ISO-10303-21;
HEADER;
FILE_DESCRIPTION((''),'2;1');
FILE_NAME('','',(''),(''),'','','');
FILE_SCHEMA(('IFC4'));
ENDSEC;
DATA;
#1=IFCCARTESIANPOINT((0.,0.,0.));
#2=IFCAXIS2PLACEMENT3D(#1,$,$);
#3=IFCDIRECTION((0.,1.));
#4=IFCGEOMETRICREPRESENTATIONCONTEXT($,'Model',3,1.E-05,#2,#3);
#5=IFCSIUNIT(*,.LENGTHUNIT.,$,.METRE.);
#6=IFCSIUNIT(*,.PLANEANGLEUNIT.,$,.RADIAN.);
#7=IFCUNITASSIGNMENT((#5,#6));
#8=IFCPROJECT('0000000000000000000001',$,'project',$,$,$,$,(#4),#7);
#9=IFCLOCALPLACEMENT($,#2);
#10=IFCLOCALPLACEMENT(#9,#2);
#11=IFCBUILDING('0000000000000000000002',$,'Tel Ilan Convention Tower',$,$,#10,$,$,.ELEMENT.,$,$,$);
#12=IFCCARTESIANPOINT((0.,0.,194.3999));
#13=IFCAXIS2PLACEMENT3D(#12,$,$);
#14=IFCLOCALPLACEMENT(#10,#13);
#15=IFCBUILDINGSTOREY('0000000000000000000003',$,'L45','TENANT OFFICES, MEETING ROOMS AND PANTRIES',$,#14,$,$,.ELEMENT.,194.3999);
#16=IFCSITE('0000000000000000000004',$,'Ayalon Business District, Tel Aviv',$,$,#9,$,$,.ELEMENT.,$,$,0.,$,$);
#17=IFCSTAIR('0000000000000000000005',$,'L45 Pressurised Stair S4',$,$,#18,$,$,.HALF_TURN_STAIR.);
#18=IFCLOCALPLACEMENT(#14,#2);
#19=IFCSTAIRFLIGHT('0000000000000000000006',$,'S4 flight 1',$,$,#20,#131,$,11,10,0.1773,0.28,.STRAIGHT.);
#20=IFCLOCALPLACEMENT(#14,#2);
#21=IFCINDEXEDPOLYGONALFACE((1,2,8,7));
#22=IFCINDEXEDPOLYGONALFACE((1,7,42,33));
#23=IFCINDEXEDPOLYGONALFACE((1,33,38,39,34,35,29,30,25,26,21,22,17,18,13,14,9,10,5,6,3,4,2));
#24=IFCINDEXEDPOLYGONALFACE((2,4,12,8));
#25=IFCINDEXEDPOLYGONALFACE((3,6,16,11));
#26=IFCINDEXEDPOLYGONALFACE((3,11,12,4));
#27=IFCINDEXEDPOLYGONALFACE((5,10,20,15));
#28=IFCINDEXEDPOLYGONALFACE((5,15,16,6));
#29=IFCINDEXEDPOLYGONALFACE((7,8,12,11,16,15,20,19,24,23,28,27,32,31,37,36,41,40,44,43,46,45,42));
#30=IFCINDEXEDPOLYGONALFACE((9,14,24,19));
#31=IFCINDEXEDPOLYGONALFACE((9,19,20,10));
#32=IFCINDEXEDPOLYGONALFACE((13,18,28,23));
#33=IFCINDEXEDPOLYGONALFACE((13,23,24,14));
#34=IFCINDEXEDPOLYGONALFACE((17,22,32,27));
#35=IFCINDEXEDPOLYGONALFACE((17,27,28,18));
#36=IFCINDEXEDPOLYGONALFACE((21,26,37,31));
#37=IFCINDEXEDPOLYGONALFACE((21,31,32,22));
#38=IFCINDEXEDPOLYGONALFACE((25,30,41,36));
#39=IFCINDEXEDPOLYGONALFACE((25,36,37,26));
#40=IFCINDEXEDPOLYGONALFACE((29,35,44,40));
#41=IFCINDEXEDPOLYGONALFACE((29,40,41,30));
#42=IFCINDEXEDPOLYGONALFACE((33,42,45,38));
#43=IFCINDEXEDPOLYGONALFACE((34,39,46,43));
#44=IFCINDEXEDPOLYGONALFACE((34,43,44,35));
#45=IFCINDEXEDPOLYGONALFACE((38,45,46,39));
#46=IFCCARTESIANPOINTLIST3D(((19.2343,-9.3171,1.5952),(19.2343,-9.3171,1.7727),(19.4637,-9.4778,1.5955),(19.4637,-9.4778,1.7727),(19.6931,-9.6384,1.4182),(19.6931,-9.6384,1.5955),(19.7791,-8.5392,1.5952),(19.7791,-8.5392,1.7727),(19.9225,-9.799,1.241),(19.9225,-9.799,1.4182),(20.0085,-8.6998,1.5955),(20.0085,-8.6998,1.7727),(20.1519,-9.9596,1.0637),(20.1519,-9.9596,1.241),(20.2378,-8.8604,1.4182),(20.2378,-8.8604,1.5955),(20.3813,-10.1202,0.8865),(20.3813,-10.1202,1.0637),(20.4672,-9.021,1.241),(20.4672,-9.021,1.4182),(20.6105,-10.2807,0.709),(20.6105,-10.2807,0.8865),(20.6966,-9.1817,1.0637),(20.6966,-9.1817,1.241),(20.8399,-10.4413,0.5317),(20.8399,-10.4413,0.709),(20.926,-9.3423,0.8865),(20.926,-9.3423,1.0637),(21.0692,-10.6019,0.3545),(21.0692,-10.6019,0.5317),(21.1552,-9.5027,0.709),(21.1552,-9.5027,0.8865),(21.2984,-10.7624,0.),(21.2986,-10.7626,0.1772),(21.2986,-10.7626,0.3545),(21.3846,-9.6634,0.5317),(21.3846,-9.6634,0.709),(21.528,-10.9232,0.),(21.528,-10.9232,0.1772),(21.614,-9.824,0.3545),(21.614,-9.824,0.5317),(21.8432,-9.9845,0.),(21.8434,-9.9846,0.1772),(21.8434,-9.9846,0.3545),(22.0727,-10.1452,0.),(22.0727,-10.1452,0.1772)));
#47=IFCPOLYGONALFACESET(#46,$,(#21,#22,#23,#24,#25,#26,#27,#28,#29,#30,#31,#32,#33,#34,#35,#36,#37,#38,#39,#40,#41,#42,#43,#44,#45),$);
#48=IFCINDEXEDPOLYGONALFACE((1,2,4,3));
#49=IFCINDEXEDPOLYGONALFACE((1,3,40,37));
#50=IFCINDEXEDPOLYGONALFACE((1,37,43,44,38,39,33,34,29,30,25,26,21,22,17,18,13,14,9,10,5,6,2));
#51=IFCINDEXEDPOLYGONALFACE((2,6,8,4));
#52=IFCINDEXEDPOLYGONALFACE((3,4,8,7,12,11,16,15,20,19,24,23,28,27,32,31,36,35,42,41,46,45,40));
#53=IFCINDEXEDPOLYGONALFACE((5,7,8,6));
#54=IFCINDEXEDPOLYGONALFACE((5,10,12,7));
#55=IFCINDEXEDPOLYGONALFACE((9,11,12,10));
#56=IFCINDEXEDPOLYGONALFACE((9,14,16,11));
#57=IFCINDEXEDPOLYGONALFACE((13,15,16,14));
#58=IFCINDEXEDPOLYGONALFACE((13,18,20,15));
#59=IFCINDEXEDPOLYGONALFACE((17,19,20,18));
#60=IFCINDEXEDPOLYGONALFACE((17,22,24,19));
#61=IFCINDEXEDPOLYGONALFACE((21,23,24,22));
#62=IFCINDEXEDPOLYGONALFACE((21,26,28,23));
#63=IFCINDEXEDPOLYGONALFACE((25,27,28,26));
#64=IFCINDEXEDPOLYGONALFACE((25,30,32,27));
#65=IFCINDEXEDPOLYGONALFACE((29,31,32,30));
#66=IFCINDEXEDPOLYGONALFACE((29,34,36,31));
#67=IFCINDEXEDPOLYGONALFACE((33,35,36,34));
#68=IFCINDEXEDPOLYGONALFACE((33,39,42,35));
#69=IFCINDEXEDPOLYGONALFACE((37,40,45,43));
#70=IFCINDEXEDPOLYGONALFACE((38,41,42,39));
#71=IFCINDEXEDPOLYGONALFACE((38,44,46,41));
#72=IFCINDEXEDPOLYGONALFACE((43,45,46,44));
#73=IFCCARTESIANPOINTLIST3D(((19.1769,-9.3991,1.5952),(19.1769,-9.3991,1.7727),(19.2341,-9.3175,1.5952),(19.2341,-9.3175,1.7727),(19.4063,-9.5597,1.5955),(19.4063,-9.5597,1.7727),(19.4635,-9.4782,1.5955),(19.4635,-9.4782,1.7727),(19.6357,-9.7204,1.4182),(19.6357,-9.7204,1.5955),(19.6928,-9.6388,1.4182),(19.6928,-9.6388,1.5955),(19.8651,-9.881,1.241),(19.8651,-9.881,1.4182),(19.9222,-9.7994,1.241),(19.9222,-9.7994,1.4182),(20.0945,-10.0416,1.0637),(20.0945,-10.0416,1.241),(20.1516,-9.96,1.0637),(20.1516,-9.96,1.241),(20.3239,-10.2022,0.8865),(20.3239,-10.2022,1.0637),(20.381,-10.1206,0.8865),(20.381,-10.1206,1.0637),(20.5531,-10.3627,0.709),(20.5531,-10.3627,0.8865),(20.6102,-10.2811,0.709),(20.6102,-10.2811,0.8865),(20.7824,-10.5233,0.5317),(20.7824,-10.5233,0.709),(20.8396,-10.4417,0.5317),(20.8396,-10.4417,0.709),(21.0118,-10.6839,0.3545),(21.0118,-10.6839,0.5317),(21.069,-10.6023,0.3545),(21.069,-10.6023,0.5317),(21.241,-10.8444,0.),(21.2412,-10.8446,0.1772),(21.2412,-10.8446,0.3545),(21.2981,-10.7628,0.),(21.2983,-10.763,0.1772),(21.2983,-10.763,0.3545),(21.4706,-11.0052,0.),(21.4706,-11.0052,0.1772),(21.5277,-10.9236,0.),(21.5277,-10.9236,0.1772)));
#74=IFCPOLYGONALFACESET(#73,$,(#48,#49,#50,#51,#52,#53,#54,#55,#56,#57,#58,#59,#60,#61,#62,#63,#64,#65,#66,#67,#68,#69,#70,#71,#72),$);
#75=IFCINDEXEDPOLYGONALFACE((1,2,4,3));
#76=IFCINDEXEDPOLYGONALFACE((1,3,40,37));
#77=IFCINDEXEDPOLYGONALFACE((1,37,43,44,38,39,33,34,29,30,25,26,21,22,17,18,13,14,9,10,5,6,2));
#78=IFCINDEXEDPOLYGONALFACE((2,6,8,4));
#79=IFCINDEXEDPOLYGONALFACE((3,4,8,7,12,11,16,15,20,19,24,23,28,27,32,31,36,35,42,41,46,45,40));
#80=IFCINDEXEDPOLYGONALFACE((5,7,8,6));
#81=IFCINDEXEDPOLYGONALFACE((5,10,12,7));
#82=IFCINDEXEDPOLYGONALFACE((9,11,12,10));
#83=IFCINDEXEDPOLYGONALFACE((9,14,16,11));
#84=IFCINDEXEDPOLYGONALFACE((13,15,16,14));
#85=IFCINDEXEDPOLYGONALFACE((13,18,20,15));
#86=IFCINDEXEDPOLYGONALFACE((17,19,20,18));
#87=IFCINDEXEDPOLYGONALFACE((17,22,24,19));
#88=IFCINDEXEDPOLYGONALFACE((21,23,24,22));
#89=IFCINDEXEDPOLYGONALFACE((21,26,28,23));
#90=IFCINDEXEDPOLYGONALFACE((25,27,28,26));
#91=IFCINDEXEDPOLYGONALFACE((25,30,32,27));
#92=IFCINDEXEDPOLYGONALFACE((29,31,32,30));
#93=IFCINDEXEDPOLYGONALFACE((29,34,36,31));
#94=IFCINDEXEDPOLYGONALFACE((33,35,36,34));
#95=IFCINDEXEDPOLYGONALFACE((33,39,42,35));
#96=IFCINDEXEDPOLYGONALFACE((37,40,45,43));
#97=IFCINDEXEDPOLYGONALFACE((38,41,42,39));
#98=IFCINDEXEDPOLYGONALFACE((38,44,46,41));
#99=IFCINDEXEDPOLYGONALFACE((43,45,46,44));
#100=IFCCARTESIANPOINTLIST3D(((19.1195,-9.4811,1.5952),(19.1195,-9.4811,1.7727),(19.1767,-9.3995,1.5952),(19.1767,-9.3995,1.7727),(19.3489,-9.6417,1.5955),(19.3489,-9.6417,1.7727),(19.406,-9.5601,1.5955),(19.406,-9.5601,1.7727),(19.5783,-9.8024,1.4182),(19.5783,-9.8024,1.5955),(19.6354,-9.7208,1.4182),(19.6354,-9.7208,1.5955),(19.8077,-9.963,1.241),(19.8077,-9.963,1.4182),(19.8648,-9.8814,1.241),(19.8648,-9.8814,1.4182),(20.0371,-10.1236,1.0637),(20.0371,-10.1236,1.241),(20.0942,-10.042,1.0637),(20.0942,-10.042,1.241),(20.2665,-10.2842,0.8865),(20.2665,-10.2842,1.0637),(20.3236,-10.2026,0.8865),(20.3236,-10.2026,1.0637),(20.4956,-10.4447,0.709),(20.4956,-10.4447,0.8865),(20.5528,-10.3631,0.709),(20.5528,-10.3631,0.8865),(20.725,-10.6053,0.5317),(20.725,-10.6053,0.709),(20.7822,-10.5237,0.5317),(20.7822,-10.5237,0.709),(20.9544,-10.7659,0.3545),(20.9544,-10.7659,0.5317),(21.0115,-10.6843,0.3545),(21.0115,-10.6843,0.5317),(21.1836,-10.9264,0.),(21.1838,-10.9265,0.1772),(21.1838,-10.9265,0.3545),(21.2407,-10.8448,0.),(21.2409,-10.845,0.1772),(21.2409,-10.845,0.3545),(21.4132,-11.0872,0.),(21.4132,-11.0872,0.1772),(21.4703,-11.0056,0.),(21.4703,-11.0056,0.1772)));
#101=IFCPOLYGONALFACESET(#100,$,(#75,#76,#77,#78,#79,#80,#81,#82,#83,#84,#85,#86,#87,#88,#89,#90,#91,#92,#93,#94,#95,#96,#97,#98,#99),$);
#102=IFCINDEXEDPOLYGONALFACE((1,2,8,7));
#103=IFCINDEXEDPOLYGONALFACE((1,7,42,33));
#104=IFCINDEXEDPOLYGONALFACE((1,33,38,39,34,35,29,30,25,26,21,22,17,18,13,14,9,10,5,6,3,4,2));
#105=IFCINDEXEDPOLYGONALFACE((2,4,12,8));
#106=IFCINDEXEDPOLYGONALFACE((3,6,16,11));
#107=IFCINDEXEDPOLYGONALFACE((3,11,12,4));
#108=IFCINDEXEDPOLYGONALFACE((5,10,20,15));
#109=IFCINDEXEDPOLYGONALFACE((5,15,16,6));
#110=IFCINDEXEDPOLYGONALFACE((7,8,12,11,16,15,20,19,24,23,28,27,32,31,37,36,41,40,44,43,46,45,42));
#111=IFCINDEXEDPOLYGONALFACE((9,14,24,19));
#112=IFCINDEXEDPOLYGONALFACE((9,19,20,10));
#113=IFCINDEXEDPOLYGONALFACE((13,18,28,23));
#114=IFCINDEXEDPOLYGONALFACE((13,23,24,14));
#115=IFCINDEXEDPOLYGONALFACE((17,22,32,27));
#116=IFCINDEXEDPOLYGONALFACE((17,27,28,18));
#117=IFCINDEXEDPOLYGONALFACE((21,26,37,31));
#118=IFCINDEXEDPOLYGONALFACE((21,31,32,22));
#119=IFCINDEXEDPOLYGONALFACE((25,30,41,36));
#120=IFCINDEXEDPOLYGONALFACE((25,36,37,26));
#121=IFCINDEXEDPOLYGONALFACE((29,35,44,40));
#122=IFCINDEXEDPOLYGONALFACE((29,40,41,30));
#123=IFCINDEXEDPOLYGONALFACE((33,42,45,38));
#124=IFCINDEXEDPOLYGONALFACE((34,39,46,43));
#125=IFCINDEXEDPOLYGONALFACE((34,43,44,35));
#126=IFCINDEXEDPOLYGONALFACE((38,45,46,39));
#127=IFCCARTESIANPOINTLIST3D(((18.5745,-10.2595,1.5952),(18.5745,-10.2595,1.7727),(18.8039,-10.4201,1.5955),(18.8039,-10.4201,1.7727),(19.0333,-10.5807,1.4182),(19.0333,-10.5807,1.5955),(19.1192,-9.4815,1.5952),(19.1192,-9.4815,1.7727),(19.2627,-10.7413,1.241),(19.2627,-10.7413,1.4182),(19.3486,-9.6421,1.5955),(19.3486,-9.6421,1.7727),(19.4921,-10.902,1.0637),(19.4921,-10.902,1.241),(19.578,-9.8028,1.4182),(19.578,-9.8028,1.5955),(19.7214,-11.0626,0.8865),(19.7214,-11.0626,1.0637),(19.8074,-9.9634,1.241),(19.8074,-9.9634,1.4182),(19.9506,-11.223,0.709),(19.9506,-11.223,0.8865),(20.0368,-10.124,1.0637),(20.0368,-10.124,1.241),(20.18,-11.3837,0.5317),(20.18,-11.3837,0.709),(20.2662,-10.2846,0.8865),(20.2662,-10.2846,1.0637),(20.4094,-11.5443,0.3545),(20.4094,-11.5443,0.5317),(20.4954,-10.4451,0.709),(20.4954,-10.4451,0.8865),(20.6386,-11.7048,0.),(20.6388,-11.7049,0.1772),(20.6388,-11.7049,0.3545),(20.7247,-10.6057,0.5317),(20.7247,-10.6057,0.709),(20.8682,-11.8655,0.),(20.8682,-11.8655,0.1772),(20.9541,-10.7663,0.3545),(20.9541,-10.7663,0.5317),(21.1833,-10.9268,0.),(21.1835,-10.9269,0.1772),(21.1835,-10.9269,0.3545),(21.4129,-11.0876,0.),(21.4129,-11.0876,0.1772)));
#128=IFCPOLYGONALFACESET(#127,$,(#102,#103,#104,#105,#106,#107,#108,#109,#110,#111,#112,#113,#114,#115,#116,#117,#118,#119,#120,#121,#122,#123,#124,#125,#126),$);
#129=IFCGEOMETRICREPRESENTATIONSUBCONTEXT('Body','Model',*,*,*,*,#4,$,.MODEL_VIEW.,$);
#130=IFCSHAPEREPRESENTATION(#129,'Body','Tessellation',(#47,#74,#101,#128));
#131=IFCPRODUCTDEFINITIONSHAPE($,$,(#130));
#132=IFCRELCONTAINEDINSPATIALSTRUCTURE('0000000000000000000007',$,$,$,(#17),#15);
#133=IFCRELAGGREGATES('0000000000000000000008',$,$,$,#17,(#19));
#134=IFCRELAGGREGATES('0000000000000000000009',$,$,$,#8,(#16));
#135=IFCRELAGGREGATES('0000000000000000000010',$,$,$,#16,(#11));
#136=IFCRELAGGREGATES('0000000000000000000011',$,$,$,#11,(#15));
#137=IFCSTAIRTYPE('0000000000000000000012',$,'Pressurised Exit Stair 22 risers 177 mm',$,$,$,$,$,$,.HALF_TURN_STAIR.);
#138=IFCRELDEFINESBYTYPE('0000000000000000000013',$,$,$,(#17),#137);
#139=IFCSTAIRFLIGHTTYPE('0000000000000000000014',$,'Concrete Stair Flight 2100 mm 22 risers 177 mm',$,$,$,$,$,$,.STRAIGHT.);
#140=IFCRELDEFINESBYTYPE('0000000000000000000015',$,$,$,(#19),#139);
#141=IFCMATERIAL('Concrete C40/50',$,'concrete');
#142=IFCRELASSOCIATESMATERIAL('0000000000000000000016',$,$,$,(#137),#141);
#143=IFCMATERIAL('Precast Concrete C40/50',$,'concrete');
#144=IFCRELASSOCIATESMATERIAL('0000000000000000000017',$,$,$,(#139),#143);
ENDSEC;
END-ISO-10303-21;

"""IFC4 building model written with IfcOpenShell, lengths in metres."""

from ifc_helpers import new_model, si_unit, direction, frame, origin, place, context, subcontext, project, spatial, polyline, outline, extrude, material, type_object, element, aggregate, save


model = new_model("IFC4")

# Units and contexts
model_context = context("Model", 3, precision=1e-05, world=origin(), true_north=direction((0.0, 1.0)))
body_context = subcontext(model_context, "Body", "Model", "MODEL_VIEW")
ifc_project = project(units=[si_unit("LENGTHUNIT", "METRE"), si_unit("PLANEANGLEUNIT", "RADIAN")], contexts=[model_context])

# Site, building, storey
site_placement = place(None, origin())
site = spatial("IfcSite", under=ifc_project, at=site_placement, Name="Ayalon Business District, Tel Aviv", CompositionType="ELEMENT", RefElevation=0.0)
building_placement = place(site_placement, origin())
building = spatial("IfcBuilding", under=site, at=building_placement, Name="Tel Ilan Convention Tower", CompositionType="ELEMENT")
storey_placement = place(building_placement, frame((0.0, 0.0, 194.3999)))
storey = spatial("IfcBuildingStorey", under=building, at=storey_placement, Name="L45", Description="TENANT OFFICES, MEETING ROOMS AND PANTRIES", CompositionType="ELEMENT", Elevation=194.3999)

# Shared definitions
ifc_material_1 = material(Name="Concrete C40/50", Category="concrete")
stair_type = type_object("IfcStairType", Name="Pressurised Exit Stair 22 risers 177 mm", PredefinedType="HALF_TURN_STAIR", material=ifc_material_1)
ifc_material_2 = material(Name="Precast Concrete C40/50", Category="concrete")
stair_flight_type = type_object("IfcStairFlightType", Name="Concrete Stair Flight 2100 mm 22 risers 177 mm", PredefinedType="STRAIGHT", material=ifc_material_2)

# Stair, stair flight
stair_1_placement = place(storey_placement, origin())
stair_1 = element("IfcStair", 1, at=stair_1_placement, inside=storey, type_object=stair_type, Name="L45 Pressurised Stair S4", PredefinedType="HALF_TURN_STAIR")
stair_flight_1_placement = place(storey_placement, frame((21.4705, -11.0054, 0.0), z_axis=(0.0, 0.0, 1.0), x_axis=(-0.819152, 0.573576, 0.0)))
stair_flight_1 = element("IfcStairFlight", 2, at=stair_flight_1_placement, type_object=stair_flight_type, Name="S4 flight 1", NumberOfRisers=11, NumberOfTreads=10, PredefinedType="STRAIGHT", RiserHeight=0.1773, TreadLength=0.28, context=body_context, shape_type="SweptSolid", body=[
    extrude(outline(polyline([(0.0, 0.0), (0.0, 0.1772), (0.28, 0.1772), (0.28, 0.3545), (0.5601, 0.3545), (0.5601, 0.5317), (0.8401, 0.5317), (0.8401, 0.709), (1.1201, 0.709), (1.1201, 0.8865), (1.3999, 0.8865), (1.3999, 1.0637), (1.6799, 1.0637), (1.6799, 1.241), (1.96, 1.241), (1.96, 1.4182), (2.24, 1.4182), (2.24, 1.5955), (2.52, 1.5955), (2.52, 1.7727), (2.8, 1.7727), (2.8, 1.95), (2.8, 1.5952), (0.2803, 0.0), (0.0, 0.0)])), frame((0.0, -0.1003, 0.0), z_axis=(0.0, -1.0, 0.0), x_axis=(1.0, 0.0, 0.0)), (0.0, 0.0, 1.0), 0.9497),
    extrude(outline(polyline([(0.0, 0.0), (0.0, 0.1772), (0.28, 0.1772), (0.28, 0.3545), (0.5601, 0.3545), (0.5601, 0.5317), (0.8401, 0.5317), (0.8401, 0.709), (1.1201, 0.709), (1.1201, 0.8865), (1.3999, 0.8865), (1.3999, 1.0637), (1.6799, 1.0637), (1.6799, 1.241), (1.96, 1.241), (1.96, 1.4182), (2.24, 1.4182), (2.24, 1.5955), (2.52, 1.5955), (2.52, 1.7727), (2.8, 1.7727), (2.8, 1.95), (2.8, 1.5952), (0.2803, 0.0), (0.0, 0.0)])), frame((0.0, -0.0002, 0.0), z_axis=(0.0, -1.0, 0.0), x_axis=(1.0, 0.0, 0.0)), (0.0, 0.0, 1.0), 0.0996),
    extrude(outline(polyline([(0.0, 0.0), (0.0, 0.1772), (0.28, 0.1772), (0.28, 0.3545), (0.5601, 0.3545), (0.5601, 0.5317), (0.8401, 0.5317), (0.8401, 0.709), (1.1201, 0.709), (1.1201, 0.8865), (1.3999, 0.8865), (1.3999, 1.0637), (1.6799, 1.0637), (1.6799, 1.241), (1.96, 1.241), (1.96, 1.4182), (2.24, 1.4182), (2.24, 1.5955), (2.52, 1.5955), (2.52, 1.7727), (2.8, 1.7727), (2.8, 1.95), (2.8, 1.5952), (0.2803, 0.0), (0.0, 0.0)])), frame((0.0, 0.0999, 0.0), z_axis=(0.0, -1.0, 0.0), x_axis=(1.0, 0.0, 0.0)), (0.0, 0.0, 1.0), 0.0996),
    extrude(outline(polyline([(0.0, 0.0), (0.0, 0.1772), (0.28, 0.1772), (0.28, 0.3545), (0.5601, 0.3545), (0.5601, 0.5317), (0.8401, 0.5317), (0.8401, 0.709), (1.1201, 0.709), (1.1201, 0.8865), (1.3999, 0.8865), (1.3999, 1.0637), (1.6799, 1.0637), (1.6799, 1.241), (1.96, 1.241), (1.96, 1.4182), (2.24, 1.4182), (2.24, 1.5955), (2.52, 1.5955), (2.52, 1.7727), (2.8, 1.7727), (2.8, 1.95), (2.8, 1.5952), (0.2803, 0.0), (0.0, 0.0)])), frame((0.0, 1.05, 0.0), z_axis=(0.0, -1.0, 0.0), x_axis=(1.0, 0.0, 0.0)), (0.0, 0.0, 1.0), 0.9497),
])
aggregate(stair_1, [stair_flight_1])

save(model, "model.ifc")
